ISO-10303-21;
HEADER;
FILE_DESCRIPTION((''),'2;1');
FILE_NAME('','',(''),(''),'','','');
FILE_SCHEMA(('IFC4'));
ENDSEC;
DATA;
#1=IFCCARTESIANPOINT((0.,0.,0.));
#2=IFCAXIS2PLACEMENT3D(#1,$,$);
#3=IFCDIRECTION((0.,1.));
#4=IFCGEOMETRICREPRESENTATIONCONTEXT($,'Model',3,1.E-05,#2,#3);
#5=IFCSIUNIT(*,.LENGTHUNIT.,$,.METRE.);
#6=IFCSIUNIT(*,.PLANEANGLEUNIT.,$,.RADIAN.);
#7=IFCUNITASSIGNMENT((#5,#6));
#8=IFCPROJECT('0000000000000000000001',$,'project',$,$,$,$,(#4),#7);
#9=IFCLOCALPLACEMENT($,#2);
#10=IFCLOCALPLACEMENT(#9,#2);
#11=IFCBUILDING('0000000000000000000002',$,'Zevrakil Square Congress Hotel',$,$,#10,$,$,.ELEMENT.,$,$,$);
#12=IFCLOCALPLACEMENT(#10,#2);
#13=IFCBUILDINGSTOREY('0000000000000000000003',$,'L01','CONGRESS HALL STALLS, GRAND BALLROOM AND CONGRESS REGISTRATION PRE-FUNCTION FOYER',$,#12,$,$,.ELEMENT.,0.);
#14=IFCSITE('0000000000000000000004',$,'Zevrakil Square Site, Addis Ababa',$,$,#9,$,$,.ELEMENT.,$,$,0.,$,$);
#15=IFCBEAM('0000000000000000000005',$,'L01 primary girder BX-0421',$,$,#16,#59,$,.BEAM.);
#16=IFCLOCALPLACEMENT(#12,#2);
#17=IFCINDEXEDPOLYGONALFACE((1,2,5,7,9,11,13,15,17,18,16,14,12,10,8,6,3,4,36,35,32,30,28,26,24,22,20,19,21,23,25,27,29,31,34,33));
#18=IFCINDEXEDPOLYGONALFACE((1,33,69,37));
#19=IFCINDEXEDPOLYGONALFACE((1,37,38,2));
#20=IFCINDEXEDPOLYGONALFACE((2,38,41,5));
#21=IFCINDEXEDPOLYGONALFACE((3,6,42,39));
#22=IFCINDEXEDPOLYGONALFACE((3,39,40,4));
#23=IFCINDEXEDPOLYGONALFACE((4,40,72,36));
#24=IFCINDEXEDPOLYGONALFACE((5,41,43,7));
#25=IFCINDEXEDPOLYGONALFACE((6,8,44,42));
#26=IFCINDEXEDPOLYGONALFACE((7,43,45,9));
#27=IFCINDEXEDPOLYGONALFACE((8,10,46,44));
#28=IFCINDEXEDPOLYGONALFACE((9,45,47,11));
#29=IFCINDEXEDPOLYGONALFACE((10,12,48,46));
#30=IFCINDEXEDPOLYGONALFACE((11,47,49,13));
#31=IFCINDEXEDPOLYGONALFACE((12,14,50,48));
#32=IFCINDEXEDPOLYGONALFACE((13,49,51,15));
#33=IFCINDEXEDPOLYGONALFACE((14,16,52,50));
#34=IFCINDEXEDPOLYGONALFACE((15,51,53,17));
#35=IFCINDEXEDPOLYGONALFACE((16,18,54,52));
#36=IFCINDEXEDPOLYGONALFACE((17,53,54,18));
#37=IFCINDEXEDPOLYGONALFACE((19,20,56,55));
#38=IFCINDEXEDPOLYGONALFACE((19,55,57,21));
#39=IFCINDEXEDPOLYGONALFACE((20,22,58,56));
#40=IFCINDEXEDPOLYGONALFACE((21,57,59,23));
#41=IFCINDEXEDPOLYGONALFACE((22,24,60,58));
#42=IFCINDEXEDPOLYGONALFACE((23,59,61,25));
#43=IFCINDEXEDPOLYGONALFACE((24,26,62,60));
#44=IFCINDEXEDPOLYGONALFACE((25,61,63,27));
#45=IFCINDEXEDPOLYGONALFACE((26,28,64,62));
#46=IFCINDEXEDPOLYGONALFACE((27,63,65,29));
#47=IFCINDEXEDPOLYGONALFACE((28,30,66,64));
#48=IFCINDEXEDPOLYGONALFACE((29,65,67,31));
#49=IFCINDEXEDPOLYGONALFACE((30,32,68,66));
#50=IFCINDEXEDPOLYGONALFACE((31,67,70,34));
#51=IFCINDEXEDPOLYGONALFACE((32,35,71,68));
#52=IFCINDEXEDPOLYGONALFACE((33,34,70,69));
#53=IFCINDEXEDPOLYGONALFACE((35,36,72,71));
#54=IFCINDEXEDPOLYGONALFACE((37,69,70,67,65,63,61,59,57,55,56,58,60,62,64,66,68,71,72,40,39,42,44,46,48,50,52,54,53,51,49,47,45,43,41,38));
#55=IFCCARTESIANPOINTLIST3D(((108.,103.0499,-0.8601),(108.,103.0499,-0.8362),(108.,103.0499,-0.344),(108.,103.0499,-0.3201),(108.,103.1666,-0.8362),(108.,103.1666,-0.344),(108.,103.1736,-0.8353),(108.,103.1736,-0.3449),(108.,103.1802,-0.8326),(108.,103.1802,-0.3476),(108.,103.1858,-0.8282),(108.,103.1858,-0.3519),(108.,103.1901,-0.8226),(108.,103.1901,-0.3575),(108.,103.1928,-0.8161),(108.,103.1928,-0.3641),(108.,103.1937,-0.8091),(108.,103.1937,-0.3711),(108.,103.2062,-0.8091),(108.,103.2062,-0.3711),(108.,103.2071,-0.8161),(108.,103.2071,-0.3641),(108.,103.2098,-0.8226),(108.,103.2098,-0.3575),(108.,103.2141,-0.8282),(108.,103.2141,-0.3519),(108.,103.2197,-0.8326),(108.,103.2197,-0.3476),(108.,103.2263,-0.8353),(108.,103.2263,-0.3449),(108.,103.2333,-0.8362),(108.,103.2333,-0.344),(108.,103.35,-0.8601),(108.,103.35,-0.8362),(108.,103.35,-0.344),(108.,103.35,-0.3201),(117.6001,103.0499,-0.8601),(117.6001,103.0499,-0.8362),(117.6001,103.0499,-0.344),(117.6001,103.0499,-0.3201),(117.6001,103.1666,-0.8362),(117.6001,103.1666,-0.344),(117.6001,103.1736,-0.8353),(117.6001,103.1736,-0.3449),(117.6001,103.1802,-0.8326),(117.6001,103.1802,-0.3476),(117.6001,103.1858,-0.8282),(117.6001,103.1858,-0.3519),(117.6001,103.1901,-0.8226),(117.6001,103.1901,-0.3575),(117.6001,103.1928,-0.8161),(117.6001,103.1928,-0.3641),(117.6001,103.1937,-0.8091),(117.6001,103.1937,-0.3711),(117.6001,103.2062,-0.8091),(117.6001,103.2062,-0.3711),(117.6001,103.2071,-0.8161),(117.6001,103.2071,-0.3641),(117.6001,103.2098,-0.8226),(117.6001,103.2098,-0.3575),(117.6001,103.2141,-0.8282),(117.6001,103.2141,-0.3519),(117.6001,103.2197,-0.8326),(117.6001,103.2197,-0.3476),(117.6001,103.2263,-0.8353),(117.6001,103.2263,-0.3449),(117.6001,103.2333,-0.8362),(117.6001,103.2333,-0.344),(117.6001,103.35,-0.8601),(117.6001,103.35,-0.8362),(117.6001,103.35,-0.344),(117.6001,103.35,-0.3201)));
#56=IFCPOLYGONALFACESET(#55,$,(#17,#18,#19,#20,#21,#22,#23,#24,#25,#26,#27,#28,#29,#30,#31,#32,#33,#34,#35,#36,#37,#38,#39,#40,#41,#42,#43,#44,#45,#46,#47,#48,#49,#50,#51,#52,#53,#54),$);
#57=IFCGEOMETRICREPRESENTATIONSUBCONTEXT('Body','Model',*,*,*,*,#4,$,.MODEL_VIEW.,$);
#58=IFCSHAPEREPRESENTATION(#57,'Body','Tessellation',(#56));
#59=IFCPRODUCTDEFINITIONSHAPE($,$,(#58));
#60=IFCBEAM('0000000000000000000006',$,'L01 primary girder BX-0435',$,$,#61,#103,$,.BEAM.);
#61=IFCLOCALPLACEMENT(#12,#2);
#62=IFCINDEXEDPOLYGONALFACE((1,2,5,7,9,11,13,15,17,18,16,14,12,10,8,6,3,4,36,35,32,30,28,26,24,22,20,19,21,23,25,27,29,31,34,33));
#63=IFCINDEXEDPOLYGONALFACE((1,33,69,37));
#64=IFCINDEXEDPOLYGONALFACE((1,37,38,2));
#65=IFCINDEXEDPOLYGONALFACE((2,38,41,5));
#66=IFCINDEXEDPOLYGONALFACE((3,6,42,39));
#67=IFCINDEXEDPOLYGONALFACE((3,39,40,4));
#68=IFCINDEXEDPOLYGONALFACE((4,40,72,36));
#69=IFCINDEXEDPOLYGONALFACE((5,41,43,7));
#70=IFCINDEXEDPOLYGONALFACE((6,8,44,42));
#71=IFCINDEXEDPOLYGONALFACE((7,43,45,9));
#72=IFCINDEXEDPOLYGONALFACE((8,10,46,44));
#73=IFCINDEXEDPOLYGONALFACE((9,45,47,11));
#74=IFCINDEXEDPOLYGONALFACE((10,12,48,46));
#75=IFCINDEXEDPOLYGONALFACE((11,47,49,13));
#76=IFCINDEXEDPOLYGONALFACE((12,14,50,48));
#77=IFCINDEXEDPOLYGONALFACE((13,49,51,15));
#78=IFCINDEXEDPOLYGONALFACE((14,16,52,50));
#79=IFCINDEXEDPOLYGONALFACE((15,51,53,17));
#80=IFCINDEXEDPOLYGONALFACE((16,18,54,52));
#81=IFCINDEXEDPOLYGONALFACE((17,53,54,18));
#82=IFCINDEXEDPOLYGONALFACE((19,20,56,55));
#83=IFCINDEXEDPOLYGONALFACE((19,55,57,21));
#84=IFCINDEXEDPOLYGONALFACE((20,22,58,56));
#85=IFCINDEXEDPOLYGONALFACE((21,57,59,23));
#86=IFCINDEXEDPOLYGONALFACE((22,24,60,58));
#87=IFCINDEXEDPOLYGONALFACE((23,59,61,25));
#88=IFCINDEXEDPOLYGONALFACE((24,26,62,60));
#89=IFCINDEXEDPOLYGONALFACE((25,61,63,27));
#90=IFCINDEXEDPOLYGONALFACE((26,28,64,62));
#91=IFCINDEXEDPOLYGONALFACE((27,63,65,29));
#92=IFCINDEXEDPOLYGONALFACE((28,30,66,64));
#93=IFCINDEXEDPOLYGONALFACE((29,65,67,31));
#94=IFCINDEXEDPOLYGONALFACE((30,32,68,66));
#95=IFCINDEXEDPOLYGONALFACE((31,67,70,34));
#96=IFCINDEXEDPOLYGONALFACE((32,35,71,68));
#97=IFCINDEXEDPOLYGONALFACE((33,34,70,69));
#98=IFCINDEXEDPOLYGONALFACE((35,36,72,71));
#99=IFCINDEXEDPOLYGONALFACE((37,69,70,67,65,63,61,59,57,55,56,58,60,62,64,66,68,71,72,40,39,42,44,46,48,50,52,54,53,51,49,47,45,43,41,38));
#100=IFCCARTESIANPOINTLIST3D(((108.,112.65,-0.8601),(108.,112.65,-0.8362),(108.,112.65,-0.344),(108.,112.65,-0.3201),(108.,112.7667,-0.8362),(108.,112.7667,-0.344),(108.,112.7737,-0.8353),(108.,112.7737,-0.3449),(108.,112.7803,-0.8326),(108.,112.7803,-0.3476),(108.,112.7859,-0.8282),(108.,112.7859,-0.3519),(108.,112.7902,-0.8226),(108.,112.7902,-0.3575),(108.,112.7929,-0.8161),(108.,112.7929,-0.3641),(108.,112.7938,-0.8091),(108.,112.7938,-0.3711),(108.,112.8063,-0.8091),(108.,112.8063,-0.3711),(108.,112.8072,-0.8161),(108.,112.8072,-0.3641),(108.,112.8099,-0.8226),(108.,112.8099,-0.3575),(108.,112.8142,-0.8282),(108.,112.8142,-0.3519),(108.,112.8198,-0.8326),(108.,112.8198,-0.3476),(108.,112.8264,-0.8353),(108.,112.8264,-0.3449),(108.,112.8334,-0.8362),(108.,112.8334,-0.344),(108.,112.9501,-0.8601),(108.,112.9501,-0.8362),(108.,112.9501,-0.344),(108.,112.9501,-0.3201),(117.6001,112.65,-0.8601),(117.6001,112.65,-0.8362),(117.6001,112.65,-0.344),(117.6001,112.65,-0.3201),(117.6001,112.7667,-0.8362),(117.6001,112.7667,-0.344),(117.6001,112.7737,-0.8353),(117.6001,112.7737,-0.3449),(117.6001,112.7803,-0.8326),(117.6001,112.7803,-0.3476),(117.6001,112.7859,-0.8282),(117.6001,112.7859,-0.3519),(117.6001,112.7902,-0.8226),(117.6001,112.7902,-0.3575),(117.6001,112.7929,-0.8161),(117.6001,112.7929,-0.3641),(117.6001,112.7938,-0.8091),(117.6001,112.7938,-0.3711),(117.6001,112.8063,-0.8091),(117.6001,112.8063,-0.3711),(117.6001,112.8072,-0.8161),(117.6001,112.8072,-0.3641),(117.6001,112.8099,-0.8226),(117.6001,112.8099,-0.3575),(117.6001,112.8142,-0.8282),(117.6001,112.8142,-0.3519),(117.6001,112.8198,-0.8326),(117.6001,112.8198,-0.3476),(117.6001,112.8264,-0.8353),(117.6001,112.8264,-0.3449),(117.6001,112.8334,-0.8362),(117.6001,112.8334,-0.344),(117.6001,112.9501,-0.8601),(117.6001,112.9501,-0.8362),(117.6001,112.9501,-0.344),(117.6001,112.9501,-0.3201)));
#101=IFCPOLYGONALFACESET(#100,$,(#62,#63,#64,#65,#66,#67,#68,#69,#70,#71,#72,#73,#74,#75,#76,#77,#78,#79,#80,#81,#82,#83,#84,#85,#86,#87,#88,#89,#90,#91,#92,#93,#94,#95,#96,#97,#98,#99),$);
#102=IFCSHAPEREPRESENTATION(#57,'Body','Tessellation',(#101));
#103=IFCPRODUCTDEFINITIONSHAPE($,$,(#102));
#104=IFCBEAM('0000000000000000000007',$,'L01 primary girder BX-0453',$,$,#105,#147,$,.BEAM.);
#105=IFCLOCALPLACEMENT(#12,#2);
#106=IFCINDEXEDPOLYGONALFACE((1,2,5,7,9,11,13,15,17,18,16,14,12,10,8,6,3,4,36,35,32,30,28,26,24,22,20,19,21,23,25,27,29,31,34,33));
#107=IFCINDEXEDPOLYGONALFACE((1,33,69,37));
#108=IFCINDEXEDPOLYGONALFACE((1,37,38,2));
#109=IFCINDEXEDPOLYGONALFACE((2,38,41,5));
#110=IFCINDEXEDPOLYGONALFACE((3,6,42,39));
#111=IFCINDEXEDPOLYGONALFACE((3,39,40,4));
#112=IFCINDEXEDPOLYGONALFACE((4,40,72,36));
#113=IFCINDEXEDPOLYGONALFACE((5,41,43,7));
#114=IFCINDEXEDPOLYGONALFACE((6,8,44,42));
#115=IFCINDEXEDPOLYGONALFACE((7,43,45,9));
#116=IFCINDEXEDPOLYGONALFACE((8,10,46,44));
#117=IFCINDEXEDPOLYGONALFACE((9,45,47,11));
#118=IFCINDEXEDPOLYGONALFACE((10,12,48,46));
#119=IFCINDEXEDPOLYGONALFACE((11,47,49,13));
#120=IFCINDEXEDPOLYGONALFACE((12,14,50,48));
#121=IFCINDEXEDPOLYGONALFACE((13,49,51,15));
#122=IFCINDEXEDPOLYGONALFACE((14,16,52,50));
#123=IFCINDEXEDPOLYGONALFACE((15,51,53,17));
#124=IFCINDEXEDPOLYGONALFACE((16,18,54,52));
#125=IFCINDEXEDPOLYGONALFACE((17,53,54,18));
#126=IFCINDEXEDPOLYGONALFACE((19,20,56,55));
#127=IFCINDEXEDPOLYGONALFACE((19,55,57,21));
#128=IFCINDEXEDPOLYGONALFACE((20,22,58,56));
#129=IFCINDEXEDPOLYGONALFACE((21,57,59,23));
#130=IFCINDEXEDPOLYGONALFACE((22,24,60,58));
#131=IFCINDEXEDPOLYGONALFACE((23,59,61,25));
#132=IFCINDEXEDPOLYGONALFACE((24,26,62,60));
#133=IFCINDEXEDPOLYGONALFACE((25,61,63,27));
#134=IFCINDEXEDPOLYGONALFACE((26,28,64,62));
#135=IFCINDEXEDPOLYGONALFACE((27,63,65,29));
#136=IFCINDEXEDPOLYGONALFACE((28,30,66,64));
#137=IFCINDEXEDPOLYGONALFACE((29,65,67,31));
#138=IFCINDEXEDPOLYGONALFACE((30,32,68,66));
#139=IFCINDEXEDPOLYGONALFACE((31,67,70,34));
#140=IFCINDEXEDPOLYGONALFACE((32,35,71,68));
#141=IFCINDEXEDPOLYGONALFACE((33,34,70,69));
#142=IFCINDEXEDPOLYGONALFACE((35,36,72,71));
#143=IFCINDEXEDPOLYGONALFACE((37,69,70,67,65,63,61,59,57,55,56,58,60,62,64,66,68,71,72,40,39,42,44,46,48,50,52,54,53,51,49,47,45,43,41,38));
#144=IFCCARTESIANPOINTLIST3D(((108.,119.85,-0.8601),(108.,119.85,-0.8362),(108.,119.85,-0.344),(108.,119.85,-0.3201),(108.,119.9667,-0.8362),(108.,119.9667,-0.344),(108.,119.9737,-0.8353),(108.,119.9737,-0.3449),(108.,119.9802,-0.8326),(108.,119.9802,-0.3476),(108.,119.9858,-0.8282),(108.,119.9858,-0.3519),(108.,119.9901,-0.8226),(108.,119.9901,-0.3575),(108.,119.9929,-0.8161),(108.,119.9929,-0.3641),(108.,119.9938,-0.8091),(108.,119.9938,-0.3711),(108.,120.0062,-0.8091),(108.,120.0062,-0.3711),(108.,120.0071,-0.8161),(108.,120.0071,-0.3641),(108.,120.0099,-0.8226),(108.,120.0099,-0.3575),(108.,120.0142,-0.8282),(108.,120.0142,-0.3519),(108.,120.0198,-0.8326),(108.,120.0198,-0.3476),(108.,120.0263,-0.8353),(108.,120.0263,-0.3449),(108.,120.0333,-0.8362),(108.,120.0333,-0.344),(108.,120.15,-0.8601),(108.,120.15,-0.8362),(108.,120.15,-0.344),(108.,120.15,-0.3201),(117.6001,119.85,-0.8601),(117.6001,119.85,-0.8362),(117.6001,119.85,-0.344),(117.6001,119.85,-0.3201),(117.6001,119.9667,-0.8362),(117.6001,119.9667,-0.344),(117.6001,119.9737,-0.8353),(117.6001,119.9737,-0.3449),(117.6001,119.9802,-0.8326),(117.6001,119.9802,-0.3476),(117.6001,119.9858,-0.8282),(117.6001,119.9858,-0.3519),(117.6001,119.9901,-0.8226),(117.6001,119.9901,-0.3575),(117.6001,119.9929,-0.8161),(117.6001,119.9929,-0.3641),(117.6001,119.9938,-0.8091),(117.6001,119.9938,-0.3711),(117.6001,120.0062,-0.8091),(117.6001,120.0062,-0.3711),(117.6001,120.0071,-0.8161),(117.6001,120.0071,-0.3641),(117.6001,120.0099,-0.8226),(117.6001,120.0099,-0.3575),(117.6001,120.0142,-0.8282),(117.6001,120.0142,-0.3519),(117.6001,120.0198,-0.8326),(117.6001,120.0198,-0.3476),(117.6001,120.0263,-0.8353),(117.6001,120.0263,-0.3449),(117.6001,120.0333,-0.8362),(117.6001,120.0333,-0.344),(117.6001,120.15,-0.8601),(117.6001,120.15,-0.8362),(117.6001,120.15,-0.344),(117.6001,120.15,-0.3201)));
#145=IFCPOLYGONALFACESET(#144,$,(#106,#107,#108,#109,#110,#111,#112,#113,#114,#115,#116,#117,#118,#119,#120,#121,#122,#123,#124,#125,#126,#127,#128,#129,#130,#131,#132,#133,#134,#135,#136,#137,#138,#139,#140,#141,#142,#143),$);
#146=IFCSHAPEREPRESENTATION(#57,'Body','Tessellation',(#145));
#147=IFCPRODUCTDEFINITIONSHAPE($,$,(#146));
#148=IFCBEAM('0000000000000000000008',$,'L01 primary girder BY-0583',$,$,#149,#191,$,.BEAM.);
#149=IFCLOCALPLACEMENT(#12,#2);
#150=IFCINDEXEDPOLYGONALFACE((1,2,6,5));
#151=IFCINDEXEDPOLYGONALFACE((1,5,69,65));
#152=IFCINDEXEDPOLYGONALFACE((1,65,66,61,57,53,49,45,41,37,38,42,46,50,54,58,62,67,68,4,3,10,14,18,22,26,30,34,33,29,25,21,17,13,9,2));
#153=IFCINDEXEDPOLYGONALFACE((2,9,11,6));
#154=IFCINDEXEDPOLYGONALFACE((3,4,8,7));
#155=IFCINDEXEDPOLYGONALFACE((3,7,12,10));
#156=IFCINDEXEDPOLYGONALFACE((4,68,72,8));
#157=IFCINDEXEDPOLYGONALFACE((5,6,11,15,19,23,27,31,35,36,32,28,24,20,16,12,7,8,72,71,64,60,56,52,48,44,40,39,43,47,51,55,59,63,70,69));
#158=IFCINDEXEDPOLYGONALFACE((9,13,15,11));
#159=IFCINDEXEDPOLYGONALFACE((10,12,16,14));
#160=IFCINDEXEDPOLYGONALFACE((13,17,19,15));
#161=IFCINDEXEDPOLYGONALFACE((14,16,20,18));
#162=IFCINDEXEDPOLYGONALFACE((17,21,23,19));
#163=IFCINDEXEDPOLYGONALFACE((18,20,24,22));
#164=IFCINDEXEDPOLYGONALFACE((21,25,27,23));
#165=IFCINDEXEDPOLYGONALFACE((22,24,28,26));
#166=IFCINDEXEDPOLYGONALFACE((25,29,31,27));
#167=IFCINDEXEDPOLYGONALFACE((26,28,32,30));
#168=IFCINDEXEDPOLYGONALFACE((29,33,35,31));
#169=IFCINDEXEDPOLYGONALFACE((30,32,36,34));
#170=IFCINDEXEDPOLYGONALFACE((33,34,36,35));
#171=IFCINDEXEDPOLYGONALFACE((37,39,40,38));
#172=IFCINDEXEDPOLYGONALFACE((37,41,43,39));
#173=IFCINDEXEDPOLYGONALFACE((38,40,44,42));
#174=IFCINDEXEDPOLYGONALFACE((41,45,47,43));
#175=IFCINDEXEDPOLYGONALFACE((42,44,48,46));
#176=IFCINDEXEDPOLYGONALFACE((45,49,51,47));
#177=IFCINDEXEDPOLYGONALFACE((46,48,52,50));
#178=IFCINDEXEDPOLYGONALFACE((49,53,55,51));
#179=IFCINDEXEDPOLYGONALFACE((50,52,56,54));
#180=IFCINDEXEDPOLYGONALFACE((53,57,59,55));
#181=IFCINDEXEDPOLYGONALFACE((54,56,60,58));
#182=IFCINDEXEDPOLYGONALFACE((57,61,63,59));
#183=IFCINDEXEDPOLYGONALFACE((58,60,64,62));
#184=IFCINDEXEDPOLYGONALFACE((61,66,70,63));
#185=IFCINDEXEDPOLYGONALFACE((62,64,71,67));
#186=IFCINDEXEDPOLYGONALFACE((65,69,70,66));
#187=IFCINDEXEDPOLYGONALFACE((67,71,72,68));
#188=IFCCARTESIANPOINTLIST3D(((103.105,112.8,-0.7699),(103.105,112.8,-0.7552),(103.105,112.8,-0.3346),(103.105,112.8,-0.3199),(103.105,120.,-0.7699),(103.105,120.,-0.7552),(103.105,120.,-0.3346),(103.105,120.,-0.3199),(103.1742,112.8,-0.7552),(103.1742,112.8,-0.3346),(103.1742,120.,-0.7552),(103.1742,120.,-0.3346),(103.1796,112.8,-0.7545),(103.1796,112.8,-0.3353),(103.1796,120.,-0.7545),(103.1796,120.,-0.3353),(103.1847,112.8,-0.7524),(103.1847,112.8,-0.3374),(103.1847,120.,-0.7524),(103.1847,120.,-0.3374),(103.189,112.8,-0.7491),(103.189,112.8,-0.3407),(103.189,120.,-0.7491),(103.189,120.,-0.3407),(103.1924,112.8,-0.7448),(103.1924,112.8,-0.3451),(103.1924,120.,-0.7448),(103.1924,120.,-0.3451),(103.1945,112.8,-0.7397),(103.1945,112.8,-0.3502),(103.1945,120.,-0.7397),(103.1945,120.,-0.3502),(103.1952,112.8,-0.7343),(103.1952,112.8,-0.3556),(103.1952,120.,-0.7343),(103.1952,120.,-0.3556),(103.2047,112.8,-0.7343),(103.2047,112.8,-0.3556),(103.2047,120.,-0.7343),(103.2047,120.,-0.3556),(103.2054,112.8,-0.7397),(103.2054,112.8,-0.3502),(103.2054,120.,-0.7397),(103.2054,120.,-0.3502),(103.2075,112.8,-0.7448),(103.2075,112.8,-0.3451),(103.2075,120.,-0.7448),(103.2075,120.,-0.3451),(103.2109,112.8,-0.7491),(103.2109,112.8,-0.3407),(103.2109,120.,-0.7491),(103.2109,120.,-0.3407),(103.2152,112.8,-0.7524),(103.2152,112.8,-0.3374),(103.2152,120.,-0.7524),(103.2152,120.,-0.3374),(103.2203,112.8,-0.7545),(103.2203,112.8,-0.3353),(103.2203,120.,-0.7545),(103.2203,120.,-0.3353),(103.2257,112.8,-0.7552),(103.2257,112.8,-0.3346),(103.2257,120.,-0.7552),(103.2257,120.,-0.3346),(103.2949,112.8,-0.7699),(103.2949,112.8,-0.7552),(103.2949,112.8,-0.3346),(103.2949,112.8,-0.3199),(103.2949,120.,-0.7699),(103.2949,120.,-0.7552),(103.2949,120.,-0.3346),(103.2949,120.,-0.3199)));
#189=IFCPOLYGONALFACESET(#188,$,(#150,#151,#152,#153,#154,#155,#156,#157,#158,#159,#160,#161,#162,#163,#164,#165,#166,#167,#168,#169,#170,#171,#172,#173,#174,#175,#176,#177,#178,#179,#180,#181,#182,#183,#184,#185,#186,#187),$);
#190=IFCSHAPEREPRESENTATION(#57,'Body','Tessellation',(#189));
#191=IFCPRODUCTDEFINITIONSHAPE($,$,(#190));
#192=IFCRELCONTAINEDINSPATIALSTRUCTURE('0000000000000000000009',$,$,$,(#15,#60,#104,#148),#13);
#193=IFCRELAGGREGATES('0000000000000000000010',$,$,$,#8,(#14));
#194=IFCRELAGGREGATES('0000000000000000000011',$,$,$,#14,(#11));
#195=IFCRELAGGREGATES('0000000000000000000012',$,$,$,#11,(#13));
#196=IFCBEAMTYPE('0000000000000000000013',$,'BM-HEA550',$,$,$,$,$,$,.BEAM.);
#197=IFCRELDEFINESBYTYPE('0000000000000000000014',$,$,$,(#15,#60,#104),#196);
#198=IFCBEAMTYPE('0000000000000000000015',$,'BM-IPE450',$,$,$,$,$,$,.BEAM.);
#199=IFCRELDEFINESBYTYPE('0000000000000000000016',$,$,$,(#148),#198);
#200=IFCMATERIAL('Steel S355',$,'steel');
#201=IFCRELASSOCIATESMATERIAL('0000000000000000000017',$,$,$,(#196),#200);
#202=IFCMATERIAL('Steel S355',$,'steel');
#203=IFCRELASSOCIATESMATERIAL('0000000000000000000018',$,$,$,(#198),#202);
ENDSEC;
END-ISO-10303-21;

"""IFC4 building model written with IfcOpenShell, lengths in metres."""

from ifc_helpers import new_model, si_unit, direction, frame, origin, origin_2d, place, context, subcontext, project, spatial, i_section, extrude, material, material_profile, profile_set, type_object, element, save


model = new_model("IFC4")

# Units and contexts
model_context = context("Model", 3, precision=1e-05, world=origin(), true_north=direction((0.0, 1.0)))
body_context = subcontext(model_context, "Body", "Model", "MODEL_VIEW")
ifc_project = project(units=[si_unit("LENGTHUNIT", "METRE"), si_unit("PLANEANGLEUNIT", "RADIAN")], contexts=[model_context])

# Site, building, storey
site_placement = place(None, origin())
site = spatial("IfcSite", under=ifc_project, at=site_placement, Name="Zevrakil Square Site, Addis Ababa", CompositionType="ELEMENT", RefElevation=0.0)
building_placement = place(site_placement, origin())
building = spatial("IfcBuilding", under=site, at=building_placement, Name="Zevrakil Square Congress Hotel", CompositionType="ELEMENT")
storey_placement = place(building_placement, origin())
storey = spatial("IfcBuildingStorey", under=building, at=storey_placement, Name="L01", Description="CONGRESS HALL STALLS, GRAND BALLROOM AND CONGRESS REGISTRATION PRE-FUNCTION FOYER", CompositionType="ELEMENT", Elevation=0.0)

# Beams
ifc_material_1 = material(Name="Steel S355", Category="steel")
ifc_material_profile_1 = material_profile(ifc_material_1, i_section(OverallWidth=0.3, OverallDepth=0.54, WebThickness=0.0125, FlangeThickness=0.0239, FilletRadius=0.0271, at=origin_2d()), Name="HEA 550")
ifc_profile_set_1 = profile_set([ifc_material_profile_1], Name="Steel S355")
beam_type_1 = type_object("IfcBeamType", Name="BM-HEA550", PredefinedType="BEAM", material=ifc_profile_set_1)
for number, where, z_axis, x_axis, name in (
    (1, (108.0, 103.2, -0.5901), (1.0, 0.0, 0.0), (0.0, 1.0, 0.0), "L01 primary girder BX-0421"),
    (2, (108.0, 112.8, -0.5901), (1.0, 0.0, 0.0), (0.0, 1.0, 0.0), "L01 primary girder BX-0435"),
    (3, (108.0, 120.0, -0.5901), (1.0, 0.0, 0.0), (0.0, 1.0, 0.0), "L01 primary girder BX-0453"),
):
    element("IfcBeam", number, at=place(storey_placement, frame(where, z_axis=z_axis, x_axis=x_axis)), inside=storey, type_object=beam_type_1, Name=name, PredefinedType="BEAM", context=body_context, shape_type="SweptSolid", body=[
        extrude(i_section(OverallWidth=0.3, OverallDepth=0.54, WebThickness=0.0125, FlangeThickness=0.0239, FilletRadius=0.0271, at=origin_2d()), origin(), (0.0, 0.0, 1.0), 9.6001),
    ])
ifc_material_2 = material(Name="Steel S355", Category="steel")
ifc_material_profile_2 = material_profile(ifc_material_2, i_section(OverallWidth=0.1899, OverallDepth=0.45, WebThickness=0.0095, FlangeThickness=0.0146, FilletRadius=0.021, at=origin_2d()), Name="IPE 450")
ifc_profile_set_2 = profile_set([ifc_material_profile_2], Name="Steel S355")
beam_type_2 = type_object("IfcBeamType", Name="BM-IPE450", PredefinedType="BEAM", material=ifc_profile_set_2)
for number, where, z_axis, x_axis, name in (
    (4, (103.2, 112.8, -0.5449), (0.0, 1.0, 0.0), (-1.0, 0.0, 0.0), "L01 primary girder BY-0583"),
):
    element("IfcBeam", number, at=place(storey_placement, frame(where, z_axis=z_axis, x_axis=x_axis)), inside=storey, type_object=beam_type_2, Name=name, PredefinedType="BEAM", context=body_context, shape_type="SweptSolid", body=[
        extrude(i_section(OverallWidth=0.1899, OverallDepth=0.45, WebThickness=0.0095, FlangeThickness=0.0146, FilletRadius=0.021, at=origin_2d()), origin(), (0.0, 0.0, 1.0), 7.2),
    ])

save(model, "model.ifc")
